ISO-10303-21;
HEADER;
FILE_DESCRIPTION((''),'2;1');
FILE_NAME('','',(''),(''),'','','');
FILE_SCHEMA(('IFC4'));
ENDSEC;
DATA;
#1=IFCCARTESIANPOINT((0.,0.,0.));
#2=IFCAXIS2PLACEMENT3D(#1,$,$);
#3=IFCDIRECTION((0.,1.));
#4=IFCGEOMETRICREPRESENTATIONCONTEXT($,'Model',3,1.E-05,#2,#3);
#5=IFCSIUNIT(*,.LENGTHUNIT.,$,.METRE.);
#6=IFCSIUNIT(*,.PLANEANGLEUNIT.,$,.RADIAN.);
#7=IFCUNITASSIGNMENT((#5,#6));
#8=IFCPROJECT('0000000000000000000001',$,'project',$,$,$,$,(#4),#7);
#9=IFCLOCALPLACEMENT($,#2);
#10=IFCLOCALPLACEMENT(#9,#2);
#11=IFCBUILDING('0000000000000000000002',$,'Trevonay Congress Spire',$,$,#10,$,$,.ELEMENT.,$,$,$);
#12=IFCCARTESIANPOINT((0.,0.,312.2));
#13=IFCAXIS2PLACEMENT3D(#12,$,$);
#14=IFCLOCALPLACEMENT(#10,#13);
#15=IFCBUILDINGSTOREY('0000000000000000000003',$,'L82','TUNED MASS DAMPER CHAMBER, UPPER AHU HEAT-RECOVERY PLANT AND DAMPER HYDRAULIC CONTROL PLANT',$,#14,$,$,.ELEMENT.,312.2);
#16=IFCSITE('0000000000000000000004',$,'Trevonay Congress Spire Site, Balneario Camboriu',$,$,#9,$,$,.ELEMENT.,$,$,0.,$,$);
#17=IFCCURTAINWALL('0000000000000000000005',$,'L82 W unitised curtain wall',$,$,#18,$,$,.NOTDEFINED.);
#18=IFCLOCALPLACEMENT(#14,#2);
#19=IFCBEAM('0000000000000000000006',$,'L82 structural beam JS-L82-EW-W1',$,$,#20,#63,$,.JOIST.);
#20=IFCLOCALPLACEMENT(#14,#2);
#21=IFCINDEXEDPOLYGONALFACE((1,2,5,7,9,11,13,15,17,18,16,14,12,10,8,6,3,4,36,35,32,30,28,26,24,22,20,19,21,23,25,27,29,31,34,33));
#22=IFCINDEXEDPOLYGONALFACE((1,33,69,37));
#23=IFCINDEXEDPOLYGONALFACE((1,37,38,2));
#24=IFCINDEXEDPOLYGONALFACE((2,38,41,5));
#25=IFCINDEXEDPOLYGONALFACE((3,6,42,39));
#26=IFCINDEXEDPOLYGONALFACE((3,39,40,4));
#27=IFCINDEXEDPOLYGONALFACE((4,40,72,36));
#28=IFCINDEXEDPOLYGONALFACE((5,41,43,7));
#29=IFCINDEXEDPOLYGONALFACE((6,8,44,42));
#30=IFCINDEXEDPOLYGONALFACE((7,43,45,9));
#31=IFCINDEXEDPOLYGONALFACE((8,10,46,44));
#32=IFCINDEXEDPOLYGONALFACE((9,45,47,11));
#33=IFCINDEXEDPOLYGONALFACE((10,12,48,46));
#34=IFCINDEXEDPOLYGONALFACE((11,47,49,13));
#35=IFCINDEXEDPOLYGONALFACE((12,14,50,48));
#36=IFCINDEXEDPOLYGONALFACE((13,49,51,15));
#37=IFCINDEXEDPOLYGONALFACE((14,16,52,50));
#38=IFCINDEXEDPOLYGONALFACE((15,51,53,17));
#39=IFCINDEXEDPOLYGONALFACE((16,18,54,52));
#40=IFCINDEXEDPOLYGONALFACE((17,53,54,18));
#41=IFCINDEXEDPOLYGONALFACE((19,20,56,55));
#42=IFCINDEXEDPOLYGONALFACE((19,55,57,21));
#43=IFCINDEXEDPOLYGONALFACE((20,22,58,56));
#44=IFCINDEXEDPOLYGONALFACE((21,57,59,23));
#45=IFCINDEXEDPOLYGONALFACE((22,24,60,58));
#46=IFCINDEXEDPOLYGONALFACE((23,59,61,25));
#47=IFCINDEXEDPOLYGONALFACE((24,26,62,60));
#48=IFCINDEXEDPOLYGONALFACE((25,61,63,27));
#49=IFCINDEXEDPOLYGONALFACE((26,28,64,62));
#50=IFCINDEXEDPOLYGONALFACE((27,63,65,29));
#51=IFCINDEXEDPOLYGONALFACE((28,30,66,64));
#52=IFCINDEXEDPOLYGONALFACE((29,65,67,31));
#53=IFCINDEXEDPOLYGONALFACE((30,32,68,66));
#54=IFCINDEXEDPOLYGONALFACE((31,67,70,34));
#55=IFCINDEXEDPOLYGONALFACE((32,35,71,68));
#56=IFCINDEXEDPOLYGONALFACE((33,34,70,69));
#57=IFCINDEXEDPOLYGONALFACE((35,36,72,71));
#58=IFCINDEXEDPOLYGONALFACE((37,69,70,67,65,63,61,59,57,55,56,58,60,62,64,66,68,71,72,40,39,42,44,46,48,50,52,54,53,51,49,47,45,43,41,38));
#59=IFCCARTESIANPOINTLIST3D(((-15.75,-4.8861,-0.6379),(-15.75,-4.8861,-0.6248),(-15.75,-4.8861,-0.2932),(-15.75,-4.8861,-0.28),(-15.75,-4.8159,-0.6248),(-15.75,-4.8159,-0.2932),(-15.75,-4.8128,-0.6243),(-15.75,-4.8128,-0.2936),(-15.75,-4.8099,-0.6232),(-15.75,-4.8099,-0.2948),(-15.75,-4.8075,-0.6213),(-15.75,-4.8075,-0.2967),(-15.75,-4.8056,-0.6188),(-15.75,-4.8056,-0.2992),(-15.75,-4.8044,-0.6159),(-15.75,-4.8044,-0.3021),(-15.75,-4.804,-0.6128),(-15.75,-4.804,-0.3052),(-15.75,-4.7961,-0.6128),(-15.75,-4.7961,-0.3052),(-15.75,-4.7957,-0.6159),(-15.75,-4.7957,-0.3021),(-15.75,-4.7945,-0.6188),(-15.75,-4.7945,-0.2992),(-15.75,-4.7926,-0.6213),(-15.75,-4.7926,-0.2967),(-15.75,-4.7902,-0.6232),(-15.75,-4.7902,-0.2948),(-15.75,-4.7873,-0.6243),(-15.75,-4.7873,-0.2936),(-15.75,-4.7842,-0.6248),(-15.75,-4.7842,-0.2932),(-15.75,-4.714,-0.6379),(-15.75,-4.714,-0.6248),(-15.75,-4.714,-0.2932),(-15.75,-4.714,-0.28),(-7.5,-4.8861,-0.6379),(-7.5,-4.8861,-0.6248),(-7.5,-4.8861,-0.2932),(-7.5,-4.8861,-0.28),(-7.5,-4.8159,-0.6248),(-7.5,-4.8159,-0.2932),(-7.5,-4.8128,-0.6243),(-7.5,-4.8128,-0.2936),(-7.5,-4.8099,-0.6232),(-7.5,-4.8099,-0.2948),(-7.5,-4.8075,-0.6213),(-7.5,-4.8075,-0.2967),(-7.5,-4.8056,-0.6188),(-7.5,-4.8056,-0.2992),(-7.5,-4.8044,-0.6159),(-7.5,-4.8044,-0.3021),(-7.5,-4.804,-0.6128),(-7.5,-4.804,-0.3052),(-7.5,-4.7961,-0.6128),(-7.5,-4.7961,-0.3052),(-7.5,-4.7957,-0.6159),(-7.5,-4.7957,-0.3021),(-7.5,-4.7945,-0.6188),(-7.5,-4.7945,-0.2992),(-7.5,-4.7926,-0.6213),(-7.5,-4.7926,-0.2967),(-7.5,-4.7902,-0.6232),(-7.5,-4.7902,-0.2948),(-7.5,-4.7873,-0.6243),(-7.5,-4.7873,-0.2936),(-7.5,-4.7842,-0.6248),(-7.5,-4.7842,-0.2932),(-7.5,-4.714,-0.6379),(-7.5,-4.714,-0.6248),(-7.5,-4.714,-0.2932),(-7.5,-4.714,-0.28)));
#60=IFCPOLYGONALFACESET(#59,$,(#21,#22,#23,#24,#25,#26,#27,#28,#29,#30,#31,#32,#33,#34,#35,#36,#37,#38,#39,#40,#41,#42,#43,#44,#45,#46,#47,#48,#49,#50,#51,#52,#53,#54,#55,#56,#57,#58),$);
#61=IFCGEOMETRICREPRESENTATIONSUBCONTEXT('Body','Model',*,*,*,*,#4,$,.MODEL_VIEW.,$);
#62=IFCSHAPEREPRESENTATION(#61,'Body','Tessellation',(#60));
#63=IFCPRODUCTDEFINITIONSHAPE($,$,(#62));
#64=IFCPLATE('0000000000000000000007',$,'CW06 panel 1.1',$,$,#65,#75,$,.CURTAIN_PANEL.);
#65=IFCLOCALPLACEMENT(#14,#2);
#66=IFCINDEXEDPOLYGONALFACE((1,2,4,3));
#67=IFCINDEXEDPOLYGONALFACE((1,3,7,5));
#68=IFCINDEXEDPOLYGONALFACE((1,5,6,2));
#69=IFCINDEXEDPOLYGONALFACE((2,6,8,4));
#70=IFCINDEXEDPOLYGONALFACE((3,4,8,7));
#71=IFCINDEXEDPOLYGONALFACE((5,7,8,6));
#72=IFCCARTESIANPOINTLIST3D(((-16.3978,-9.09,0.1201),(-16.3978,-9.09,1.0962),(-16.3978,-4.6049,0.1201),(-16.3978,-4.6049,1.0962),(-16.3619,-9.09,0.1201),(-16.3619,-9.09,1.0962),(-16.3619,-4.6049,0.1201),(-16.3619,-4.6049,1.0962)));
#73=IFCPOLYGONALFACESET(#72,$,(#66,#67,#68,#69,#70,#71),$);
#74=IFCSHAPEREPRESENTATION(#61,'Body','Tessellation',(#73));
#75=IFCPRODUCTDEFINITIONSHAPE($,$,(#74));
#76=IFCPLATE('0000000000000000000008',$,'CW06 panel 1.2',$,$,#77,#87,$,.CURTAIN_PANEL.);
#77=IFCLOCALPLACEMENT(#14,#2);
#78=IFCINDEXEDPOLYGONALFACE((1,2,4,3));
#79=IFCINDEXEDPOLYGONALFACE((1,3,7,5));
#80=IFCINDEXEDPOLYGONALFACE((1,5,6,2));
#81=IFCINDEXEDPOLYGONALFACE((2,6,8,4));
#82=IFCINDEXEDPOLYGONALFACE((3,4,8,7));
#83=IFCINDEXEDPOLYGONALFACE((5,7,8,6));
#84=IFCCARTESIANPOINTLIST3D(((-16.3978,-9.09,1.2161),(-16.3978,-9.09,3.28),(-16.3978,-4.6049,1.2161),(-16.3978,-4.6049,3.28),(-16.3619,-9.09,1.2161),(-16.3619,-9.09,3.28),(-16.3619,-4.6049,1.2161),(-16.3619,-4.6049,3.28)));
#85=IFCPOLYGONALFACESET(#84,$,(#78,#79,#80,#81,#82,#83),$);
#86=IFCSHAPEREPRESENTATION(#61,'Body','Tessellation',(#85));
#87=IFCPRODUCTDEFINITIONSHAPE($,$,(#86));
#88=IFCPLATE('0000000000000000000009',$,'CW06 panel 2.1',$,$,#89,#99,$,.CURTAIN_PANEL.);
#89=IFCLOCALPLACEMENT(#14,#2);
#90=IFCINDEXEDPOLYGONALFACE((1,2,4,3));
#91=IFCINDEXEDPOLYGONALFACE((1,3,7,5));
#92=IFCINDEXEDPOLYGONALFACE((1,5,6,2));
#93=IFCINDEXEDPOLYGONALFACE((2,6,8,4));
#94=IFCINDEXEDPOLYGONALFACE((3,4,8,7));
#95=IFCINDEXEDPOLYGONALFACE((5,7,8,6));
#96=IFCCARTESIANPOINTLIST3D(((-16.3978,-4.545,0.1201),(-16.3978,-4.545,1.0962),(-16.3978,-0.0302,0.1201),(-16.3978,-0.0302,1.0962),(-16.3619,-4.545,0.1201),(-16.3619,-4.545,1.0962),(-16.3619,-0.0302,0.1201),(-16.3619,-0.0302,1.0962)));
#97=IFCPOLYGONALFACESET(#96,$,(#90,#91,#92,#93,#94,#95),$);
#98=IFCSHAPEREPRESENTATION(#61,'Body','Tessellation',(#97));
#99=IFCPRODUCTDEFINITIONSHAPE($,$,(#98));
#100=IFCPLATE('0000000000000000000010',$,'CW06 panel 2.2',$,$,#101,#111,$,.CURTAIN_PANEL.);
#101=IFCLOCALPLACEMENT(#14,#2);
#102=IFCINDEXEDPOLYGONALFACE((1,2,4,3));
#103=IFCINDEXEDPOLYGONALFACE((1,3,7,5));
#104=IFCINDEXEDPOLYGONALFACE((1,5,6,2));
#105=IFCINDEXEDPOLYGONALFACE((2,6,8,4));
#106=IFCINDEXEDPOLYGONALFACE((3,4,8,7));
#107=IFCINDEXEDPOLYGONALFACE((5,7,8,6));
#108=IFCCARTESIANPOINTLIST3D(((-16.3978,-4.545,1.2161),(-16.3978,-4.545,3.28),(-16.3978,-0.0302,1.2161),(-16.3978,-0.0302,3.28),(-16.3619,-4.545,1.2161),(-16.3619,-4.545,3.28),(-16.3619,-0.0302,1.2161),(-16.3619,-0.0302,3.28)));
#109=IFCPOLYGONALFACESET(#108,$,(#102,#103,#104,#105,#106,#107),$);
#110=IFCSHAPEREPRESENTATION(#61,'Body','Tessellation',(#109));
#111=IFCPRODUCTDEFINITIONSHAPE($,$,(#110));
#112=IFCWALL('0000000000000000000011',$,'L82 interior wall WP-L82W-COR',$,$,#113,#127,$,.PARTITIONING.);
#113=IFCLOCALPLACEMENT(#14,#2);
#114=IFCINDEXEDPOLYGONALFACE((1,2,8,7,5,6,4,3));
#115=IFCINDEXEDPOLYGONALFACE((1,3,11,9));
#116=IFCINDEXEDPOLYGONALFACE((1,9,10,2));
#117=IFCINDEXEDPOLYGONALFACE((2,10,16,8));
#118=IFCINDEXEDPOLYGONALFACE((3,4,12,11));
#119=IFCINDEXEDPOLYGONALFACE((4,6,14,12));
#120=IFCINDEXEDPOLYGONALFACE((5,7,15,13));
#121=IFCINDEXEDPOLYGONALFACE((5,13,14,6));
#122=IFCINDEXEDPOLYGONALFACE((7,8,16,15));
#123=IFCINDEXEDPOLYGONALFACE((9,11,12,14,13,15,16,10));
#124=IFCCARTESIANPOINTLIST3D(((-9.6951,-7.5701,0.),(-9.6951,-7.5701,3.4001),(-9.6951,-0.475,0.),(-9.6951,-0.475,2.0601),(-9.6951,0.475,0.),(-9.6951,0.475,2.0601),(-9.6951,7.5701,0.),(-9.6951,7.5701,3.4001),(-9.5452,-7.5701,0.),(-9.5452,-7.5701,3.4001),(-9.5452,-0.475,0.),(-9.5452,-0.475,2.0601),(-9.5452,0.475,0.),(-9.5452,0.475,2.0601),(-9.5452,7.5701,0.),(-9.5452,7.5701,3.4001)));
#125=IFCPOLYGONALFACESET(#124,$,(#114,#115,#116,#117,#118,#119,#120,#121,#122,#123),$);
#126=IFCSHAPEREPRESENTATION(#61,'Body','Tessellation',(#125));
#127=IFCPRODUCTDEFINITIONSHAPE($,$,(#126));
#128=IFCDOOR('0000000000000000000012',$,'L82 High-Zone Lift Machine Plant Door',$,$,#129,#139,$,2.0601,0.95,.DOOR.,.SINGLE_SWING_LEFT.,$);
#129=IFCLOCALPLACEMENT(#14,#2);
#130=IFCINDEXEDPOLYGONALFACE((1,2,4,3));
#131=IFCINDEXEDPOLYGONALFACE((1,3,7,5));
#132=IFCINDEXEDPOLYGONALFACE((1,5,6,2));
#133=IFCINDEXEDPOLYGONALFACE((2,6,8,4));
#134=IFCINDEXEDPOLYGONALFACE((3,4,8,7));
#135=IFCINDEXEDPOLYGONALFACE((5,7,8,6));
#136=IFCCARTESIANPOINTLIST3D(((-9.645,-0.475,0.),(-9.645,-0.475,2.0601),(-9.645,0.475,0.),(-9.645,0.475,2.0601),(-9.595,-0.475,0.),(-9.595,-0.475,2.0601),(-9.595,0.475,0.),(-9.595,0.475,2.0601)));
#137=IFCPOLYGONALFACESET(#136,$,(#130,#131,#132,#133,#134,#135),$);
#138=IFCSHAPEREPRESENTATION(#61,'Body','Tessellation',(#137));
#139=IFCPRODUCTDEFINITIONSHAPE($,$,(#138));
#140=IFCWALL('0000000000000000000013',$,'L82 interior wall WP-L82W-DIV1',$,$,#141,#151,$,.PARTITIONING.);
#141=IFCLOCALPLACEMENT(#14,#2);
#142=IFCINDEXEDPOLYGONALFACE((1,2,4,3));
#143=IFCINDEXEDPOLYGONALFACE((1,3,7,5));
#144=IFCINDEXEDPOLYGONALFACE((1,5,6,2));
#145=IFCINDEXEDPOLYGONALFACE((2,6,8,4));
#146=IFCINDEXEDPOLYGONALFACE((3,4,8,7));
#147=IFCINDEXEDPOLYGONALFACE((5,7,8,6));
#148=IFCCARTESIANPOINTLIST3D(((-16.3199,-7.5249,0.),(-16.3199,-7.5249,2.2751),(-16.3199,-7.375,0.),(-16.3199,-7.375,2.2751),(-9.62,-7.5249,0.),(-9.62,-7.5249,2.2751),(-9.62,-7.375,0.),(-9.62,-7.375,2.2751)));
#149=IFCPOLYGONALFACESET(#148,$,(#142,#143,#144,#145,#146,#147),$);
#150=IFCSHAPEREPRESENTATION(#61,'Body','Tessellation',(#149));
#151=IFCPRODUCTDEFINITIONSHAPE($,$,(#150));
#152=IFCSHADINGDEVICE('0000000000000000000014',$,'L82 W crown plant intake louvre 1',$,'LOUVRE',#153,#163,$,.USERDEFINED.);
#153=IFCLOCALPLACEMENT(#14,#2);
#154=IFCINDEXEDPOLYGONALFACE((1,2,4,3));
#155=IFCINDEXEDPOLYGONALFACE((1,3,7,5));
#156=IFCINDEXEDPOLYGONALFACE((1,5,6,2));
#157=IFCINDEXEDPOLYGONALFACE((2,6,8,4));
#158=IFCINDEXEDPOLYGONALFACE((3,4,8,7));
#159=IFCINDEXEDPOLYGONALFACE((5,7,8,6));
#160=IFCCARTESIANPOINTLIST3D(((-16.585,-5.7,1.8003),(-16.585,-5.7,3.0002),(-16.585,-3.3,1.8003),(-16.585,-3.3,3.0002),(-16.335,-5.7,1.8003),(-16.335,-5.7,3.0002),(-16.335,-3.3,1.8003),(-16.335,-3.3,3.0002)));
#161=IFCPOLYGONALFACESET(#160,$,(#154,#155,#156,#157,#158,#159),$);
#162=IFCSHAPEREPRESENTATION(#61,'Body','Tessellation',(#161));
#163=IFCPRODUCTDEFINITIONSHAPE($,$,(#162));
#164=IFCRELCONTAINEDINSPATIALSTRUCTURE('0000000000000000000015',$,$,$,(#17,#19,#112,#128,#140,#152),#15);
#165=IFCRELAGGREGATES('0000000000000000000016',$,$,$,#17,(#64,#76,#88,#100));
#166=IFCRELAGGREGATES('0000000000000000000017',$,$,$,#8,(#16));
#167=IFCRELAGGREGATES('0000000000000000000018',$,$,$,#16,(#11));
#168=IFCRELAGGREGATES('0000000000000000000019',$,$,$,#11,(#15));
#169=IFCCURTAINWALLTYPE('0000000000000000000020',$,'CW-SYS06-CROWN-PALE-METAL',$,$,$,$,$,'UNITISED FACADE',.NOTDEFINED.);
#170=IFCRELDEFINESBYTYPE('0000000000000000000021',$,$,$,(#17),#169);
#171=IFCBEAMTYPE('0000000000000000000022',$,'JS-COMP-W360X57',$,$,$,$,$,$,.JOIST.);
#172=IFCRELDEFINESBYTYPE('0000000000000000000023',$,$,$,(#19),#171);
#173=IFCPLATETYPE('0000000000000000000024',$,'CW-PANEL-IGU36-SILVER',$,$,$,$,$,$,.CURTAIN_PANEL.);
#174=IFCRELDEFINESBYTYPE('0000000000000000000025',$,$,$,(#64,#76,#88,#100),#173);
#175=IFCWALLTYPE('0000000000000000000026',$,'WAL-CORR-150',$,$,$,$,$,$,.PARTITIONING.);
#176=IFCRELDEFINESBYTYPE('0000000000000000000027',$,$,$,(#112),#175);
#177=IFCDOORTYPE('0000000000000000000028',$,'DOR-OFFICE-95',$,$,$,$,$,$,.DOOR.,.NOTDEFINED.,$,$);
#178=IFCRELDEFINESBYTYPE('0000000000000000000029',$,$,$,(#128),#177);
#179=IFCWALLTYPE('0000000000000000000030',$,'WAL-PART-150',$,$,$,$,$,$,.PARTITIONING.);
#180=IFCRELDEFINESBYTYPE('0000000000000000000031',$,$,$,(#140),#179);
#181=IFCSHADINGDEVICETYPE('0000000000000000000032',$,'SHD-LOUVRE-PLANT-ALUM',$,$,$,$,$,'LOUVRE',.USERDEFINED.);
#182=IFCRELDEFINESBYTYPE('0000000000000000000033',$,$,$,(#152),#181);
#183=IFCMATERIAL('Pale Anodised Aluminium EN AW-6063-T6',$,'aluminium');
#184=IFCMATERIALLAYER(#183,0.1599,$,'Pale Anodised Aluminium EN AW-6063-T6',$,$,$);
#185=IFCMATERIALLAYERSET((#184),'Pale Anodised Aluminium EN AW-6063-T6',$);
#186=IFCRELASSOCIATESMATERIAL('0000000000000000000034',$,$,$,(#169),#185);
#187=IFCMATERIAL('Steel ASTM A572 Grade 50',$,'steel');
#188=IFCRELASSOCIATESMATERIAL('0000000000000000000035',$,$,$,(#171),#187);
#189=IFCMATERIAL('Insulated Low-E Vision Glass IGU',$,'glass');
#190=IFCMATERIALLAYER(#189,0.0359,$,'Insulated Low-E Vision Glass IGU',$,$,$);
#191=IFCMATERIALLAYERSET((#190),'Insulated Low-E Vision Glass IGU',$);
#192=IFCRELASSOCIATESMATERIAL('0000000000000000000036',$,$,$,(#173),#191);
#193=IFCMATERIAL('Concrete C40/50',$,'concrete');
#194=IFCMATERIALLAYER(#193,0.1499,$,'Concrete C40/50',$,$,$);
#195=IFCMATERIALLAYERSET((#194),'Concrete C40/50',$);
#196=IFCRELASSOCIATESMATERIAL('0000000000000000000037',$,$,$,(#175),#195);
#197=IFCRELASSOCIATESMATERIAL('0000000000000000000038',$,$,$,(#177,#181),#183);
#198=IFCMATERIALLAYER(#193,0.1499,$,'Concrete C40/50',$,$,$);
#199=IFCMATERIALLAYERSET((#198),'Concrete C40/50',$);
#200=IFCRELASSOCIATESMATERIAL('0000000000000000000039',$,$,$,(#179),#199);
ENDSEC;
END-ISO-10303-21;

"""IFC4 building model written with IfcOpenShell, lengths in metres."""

from ifc_helpers import new_model, si_unit, direction, frame, frame_2d, origin, origin_2d, place, context, subcontext, project, spatial, rectangle, i_section, extrude, material, layer, layer_set, material_profile, profile_set, type_object, element, fill, aggregate, save


model = new_model("IFC4")

# Units and contexts
model_context = context("Model", 3, precision=1e-05, world=origin(), true_north=direction((0.0, 1.0)))
body_context = subcontext(model_context, "Body", "Model", "MODEL_VIEW")
ifc_project = project(units=[si_unit("LENGTHUNIT", "METRE"), si_unit("PLANEANGLEUNIT", "RADIAN")], contexts=[model_context])

# Site, building, storey
site_placement = place(None, origin())
site = spatial("IfcSite", under=ifc_project, at=site_placement, Name="Trevonay Congress Spire Site, Balneario Camboriu", CompositionType="ELEMENT", RefElevation=0.0)
building_placement = place(site_placement, origin())
building = spatial("IfcBuilding", under=site, at=building_placement, Name="Trevonay Congress Spire", CompositionType="ELEMENT")
storey_placement = place(building_placement, frame((0.0, 0.0, 312.2)))
storey = spatial("IfcBuildingStorey", under=building, at=storey_placement, Name="L82", Description="TUNED MASS DAMPER CHAMBER, UPPER AHU HEAT-RECOVERY PLANT AND DAMPER HYDRAULIC CONTROL PLANT", CompositionType="ELEMENT", Elevation=312.2)

# Shared definitions
ifc_material_1 = material(Name="Steel ASTM A572 Grade 50", Category="steel")

# Curtain wall
ifc_material_2 = material(Name="Pale Anodised Aluminium EN AW-6063-T6", Category="aluminium")
ifc_layer_1 = layer(ifc_material_2, 0.1599, Name="Pale Anodised Aluminium EN AW-6063-T6")
ifc_layer_set_1 = layer_set([ifc_layer_1], Name="Pale Anodised Aluminium EN AW-6063-T6")
curtain_wall_type = type_object("IfcCurtainWallType", Name="CW-SYS06-CROWN-PALE-METAL", ElementType="UNITISED FACADE", PredefinedType="NOTDEFINED", material=ifc_layer_set_1)
curtain_wall_placement = place(storey_placement, origin())
curtain_wall = element("IfcCurtainWall", 1, at=curtain_wall_placement, inside=storey, type_object=curtain_wall_type, Name="L82 W unitised curtain wall", PredefinedType="NOTDEFINED")

# Beam
ifc_material_profile_1 = material_profile(ifc_material_1, i_section(OverallWidth=0.1721, OverallDepth=0.3579, WebThickness=0.0078, FlangeThickness=0.0132, FilletRadius=0.012, at=origin_2d()), Name="W360x57.8")
ifc_profile_set_1 = profile_set([ifc_material_profile_1], Name="Steel ASTM A572 Grade 50")
beam_type = type_object("IfcBeamType", Name="JS-COMP-W360X57", PredefinedType="JOIST", material=ifc_profile_set_1)
beam_placement = place(storey_placement, frame((-15.75, -4.8, -0.459), z_axis=(1.0, 0.0, 0.0), x_axis=(0.0, 1.0, 0.0)))
element("IfcBeam", 2, at=beam_placement, inside=storey, type_object=beam_type, Name="L82 structural beam JS-L82-EW-W1", PredefinedType="JOIST", context=body_context, shape_type="SweptSolid", body=[
    extrude(i_section(OverallWidth=0.1721, OverallDepth=0.3579, WebThickness=0.0078, FlangeThickness=0.0132, FilletRadius=0.012, at=origin_2d()), origin(), (0.0, 0.0, 1.0), 8.25),
])

# Plates
ifc_material_3 = material(Name="Insulated Low-E Vision Glass IGU", Category="glass")
ifc_layer_2 = layer(ifc_material_3, 0.0359, Name="Insulated Low-E Vision Glass IGU")
ifc_layer_set_2 = layer_set([ifc_layer_2], Name="Insulated Low-E Vision Glass IGU")
plate_type = type_object("IfcPlateType", Name="CW-PANEL-IGU36-SILVER", PredefinedType="CURTAIN_PANEL", material=ifc_layer_set_2)
plate_1_placement = place(storey_placement, frame((-16.3799, -6.8474, 0.1201), z_axis=(0.0, 0.0, 1.0), x_axis=(0.0, 1.0, 0.0)))
plate_1 = element("IfcPlate", 3, at=plate_1_placement, type_object=plate_type, Name="CW06 panel 1.1", PredefinedType="CURTAIN_PANEL", context=body_context, shape_type="SweptSolid", body=[
    extrude(rectangle(XDim=4.4851, YDim=0.0359, at=origin_2d()), origin(), (0.0, 0.0, 1.0), 0.9761),
])
plate_2_placement = place(storey_placement, frame((-16.3799, -6.8474, 1.2161), z_axis=(0.0, 0.0, 1.0), x_axis=(0.0, 1.0, 0.0)))
plate_2 = element("IfcPlate", 4, at=plate_2_placement, type_object=plate_type, Name="CW06 panel 1.2", PredefinedType="CURTAIN_PANEL", context=body_context, shape_type="SweptSolid", body=[
    extrude(rectangle(XDim=4.4851, YDim=0.0359, at=origin_2d()), origin(), (0.0, 0.0, 1.0), 2.064),
])
plate_3_placement = place(storey_placement, frame((-16.3799, -2.2876, 0.1201), z_axis=(0.0, 0.0, 1.0), x_axis=(0.0, 1.0, 0.0)))
plate_3 = element("IfcPlate", 5, at=plate_3_placement, type_object=plate_type, Name="CW06 panel 2.1", PredefinedType="CURTAIN_PANEL", context=body_context, shape_type="SweptSolid", body=[
    extrude(rectangle(XDim=4.5149, YDim=0.0359, at=origin_2d()), origin(), (0.0, 0.0, 1.0), 0.9761),
])
plate_4_placement = place(storey_placement, frame((-16.3799, -2.2876, 1.2161), z_axis=(0.0, 0.0, 1.0), x_axis=(0.0, 1.0, 0.0)))
plate_4 = element("IfcPlate", 6, at=plate_4_placement, type_object=plate_type, Name="CW06 panel 2.2", PredefinedType="CURTAIN_PANEL", context=body_context, shape_type="SweptSolid", body=[
    extrude(rectangle(XDim=4.5149, YDim=0.0359, at=origin_2d()), origin(), (0.0, 0.0, 1.0), 2.064),
])
aggregate(curtain_wall, [plate_1, plate_2, plate_3, plate_4])

# Wall, opening, door
ifc_material_4 = material(Name="Concrete C40/50", Category="concrete")
ifc_layer_3 = layer(ifc_material_4, 0.1499, Name="Concrete C40/50")
ifc_layer_set_3 = layer_set([ifc_layer_3], Name="Concrete C40/50")
wall_type_1 = type_object("IfcWallType", Name="WAL-CORR-150", PredefinedType="PARTITIONING", material=ifc_layer_set_3)
wall_1_placement = place(storey_placement, frame((-9.6201, -7.5701, 0.0), z_axis=(0.0, 0.0, 1.0), x_axis=(0.0, 1.0, 0.0)))
wall_1 = element("IfcWall", 7, at=wall_1_placement, inside=storey, type_object=wall_type_1, Name="L82 interior wall WP-L82W-COR", PredefinedType="PARTITIONING", context=body_context, shape_type="SweptSolid", body=[
    extrude(rectangle(XDim=15.1401, YDim=0.1499, at=frame_2d((7.5701, 0.0))), origin(), (0.0, 0.0, 1.0), 3.4001),
])
opening_placement = place(wall_1_placement, frame((7.095, 0.0, 0.0)))
opening = element("IfcOpeningElement", 8, at=opening_placement, cuts=wall_1, PredefinedType="OPENING", context=body_context, shape_type="SweptSolid", body=[
    extrude(rectangle(XDim=0.95, YDim=2.0601, at=frame_2d((0.4751, 1.03))), frame((0.0, 0.085, 0.0), z_axis=(0.0, -1.0, 0.0), x_axis=(1.0, 0.0, 0.0)), (0.0, 0.0, 1.0), 0.1699),
])
door_type = type_object("IfcDoorType", Name="DOR-OFFICE-95", OperationType="NOTDEFINED", PredefinedType="DOOR", material=ifc_material_2)
door_placement = place(opening_placement, origin())
door = element("IfcDoor", 9, at=door_placement, inside=storey, type_object=door_type, Name="L82 High-Zone Lift Machine Plant Door", OperationType="SINGLE_SWING_LEFT", OverallHeight=2.0601, OverallWidth=0.95, PredefinedType="DOOR", context=body_context, shape_type="SweptSolid", body=[
    extrude(rectangle(XDim=0.95, YDim=2.0601, at=frame_2d((0.4751, 1.03))), frame((0.0, 0.0249, 0.0), z_axis=(0.0, -1.0, 0.0), x_axis=(1.0, 0.0, 0.0)), (0.0, 0.0, 1.0), 0.05),
])
fill(opening, door)

# Wall
ifc_layer_4 = layer(ifc_material_4, 0.1499, Name="Concrete C40/50")
ifc_layer_set_4 = layer_set([ifc_layer_4], Name="Concrete C40/50")
wall_type_2 = type_object("IfcWallType", Name="WAL-PART-150", PredefinedType="PARTITIONING", material=ifc_layer_set_4)
wall_2_placement = place(storey_placement, frame((-16.3201, -7.45, 0.0), z_axis=(0.0, 0.0, 1.0), x_axis=(1.0, 0.0, 0.0)))
element("IfcWall", 10, at=wall_2_placement, inside=storey, type_object=wall_type_2, Name="L82 interior wall WP-L82W-DIV1", PredefinedType="PARTITIONING", context=body_context, shape_type="SweptSolid", body=[
    extrude(rectangle(XDim=6.7, YDim=0.1499, at=frame_2d((3.3501, 0.0))), origin(), (0.0, 0.0, 1.0), 2.2751),
])

# Shading device
shading_device_type = type_object("IfcShadingDeviceType", Name="SHD-LOUVRE-PLANT-ALUM", ElementType="LOUVRE", PredefinedType="USERDEFINED", material=ifc_material_2)
shading_device_placement = place(storey_placement, frame((-16.46, -4.5, 1.8003), z_axis=(0.0, 0.0, 1.0), x_axis=(0.0, 1.0, 0.0)))
element("IfcShadingDevice", 11, at=shading_device_placement, inside=storey, type_object=shading_device_type, Name="L82 W crown plant intake louvre 1", ObjectType="LOUVRE", PredefinedType="USERDEFINED", context=body_context, shape_type="SweptSolid", body=[
    extrude(rectangle(XDim=2.3999, YDim=0.25, at=origin_2d()), origin(), (0.0, 0.0, 1.0), 1.2),
])

save(model, "model.ifc")
